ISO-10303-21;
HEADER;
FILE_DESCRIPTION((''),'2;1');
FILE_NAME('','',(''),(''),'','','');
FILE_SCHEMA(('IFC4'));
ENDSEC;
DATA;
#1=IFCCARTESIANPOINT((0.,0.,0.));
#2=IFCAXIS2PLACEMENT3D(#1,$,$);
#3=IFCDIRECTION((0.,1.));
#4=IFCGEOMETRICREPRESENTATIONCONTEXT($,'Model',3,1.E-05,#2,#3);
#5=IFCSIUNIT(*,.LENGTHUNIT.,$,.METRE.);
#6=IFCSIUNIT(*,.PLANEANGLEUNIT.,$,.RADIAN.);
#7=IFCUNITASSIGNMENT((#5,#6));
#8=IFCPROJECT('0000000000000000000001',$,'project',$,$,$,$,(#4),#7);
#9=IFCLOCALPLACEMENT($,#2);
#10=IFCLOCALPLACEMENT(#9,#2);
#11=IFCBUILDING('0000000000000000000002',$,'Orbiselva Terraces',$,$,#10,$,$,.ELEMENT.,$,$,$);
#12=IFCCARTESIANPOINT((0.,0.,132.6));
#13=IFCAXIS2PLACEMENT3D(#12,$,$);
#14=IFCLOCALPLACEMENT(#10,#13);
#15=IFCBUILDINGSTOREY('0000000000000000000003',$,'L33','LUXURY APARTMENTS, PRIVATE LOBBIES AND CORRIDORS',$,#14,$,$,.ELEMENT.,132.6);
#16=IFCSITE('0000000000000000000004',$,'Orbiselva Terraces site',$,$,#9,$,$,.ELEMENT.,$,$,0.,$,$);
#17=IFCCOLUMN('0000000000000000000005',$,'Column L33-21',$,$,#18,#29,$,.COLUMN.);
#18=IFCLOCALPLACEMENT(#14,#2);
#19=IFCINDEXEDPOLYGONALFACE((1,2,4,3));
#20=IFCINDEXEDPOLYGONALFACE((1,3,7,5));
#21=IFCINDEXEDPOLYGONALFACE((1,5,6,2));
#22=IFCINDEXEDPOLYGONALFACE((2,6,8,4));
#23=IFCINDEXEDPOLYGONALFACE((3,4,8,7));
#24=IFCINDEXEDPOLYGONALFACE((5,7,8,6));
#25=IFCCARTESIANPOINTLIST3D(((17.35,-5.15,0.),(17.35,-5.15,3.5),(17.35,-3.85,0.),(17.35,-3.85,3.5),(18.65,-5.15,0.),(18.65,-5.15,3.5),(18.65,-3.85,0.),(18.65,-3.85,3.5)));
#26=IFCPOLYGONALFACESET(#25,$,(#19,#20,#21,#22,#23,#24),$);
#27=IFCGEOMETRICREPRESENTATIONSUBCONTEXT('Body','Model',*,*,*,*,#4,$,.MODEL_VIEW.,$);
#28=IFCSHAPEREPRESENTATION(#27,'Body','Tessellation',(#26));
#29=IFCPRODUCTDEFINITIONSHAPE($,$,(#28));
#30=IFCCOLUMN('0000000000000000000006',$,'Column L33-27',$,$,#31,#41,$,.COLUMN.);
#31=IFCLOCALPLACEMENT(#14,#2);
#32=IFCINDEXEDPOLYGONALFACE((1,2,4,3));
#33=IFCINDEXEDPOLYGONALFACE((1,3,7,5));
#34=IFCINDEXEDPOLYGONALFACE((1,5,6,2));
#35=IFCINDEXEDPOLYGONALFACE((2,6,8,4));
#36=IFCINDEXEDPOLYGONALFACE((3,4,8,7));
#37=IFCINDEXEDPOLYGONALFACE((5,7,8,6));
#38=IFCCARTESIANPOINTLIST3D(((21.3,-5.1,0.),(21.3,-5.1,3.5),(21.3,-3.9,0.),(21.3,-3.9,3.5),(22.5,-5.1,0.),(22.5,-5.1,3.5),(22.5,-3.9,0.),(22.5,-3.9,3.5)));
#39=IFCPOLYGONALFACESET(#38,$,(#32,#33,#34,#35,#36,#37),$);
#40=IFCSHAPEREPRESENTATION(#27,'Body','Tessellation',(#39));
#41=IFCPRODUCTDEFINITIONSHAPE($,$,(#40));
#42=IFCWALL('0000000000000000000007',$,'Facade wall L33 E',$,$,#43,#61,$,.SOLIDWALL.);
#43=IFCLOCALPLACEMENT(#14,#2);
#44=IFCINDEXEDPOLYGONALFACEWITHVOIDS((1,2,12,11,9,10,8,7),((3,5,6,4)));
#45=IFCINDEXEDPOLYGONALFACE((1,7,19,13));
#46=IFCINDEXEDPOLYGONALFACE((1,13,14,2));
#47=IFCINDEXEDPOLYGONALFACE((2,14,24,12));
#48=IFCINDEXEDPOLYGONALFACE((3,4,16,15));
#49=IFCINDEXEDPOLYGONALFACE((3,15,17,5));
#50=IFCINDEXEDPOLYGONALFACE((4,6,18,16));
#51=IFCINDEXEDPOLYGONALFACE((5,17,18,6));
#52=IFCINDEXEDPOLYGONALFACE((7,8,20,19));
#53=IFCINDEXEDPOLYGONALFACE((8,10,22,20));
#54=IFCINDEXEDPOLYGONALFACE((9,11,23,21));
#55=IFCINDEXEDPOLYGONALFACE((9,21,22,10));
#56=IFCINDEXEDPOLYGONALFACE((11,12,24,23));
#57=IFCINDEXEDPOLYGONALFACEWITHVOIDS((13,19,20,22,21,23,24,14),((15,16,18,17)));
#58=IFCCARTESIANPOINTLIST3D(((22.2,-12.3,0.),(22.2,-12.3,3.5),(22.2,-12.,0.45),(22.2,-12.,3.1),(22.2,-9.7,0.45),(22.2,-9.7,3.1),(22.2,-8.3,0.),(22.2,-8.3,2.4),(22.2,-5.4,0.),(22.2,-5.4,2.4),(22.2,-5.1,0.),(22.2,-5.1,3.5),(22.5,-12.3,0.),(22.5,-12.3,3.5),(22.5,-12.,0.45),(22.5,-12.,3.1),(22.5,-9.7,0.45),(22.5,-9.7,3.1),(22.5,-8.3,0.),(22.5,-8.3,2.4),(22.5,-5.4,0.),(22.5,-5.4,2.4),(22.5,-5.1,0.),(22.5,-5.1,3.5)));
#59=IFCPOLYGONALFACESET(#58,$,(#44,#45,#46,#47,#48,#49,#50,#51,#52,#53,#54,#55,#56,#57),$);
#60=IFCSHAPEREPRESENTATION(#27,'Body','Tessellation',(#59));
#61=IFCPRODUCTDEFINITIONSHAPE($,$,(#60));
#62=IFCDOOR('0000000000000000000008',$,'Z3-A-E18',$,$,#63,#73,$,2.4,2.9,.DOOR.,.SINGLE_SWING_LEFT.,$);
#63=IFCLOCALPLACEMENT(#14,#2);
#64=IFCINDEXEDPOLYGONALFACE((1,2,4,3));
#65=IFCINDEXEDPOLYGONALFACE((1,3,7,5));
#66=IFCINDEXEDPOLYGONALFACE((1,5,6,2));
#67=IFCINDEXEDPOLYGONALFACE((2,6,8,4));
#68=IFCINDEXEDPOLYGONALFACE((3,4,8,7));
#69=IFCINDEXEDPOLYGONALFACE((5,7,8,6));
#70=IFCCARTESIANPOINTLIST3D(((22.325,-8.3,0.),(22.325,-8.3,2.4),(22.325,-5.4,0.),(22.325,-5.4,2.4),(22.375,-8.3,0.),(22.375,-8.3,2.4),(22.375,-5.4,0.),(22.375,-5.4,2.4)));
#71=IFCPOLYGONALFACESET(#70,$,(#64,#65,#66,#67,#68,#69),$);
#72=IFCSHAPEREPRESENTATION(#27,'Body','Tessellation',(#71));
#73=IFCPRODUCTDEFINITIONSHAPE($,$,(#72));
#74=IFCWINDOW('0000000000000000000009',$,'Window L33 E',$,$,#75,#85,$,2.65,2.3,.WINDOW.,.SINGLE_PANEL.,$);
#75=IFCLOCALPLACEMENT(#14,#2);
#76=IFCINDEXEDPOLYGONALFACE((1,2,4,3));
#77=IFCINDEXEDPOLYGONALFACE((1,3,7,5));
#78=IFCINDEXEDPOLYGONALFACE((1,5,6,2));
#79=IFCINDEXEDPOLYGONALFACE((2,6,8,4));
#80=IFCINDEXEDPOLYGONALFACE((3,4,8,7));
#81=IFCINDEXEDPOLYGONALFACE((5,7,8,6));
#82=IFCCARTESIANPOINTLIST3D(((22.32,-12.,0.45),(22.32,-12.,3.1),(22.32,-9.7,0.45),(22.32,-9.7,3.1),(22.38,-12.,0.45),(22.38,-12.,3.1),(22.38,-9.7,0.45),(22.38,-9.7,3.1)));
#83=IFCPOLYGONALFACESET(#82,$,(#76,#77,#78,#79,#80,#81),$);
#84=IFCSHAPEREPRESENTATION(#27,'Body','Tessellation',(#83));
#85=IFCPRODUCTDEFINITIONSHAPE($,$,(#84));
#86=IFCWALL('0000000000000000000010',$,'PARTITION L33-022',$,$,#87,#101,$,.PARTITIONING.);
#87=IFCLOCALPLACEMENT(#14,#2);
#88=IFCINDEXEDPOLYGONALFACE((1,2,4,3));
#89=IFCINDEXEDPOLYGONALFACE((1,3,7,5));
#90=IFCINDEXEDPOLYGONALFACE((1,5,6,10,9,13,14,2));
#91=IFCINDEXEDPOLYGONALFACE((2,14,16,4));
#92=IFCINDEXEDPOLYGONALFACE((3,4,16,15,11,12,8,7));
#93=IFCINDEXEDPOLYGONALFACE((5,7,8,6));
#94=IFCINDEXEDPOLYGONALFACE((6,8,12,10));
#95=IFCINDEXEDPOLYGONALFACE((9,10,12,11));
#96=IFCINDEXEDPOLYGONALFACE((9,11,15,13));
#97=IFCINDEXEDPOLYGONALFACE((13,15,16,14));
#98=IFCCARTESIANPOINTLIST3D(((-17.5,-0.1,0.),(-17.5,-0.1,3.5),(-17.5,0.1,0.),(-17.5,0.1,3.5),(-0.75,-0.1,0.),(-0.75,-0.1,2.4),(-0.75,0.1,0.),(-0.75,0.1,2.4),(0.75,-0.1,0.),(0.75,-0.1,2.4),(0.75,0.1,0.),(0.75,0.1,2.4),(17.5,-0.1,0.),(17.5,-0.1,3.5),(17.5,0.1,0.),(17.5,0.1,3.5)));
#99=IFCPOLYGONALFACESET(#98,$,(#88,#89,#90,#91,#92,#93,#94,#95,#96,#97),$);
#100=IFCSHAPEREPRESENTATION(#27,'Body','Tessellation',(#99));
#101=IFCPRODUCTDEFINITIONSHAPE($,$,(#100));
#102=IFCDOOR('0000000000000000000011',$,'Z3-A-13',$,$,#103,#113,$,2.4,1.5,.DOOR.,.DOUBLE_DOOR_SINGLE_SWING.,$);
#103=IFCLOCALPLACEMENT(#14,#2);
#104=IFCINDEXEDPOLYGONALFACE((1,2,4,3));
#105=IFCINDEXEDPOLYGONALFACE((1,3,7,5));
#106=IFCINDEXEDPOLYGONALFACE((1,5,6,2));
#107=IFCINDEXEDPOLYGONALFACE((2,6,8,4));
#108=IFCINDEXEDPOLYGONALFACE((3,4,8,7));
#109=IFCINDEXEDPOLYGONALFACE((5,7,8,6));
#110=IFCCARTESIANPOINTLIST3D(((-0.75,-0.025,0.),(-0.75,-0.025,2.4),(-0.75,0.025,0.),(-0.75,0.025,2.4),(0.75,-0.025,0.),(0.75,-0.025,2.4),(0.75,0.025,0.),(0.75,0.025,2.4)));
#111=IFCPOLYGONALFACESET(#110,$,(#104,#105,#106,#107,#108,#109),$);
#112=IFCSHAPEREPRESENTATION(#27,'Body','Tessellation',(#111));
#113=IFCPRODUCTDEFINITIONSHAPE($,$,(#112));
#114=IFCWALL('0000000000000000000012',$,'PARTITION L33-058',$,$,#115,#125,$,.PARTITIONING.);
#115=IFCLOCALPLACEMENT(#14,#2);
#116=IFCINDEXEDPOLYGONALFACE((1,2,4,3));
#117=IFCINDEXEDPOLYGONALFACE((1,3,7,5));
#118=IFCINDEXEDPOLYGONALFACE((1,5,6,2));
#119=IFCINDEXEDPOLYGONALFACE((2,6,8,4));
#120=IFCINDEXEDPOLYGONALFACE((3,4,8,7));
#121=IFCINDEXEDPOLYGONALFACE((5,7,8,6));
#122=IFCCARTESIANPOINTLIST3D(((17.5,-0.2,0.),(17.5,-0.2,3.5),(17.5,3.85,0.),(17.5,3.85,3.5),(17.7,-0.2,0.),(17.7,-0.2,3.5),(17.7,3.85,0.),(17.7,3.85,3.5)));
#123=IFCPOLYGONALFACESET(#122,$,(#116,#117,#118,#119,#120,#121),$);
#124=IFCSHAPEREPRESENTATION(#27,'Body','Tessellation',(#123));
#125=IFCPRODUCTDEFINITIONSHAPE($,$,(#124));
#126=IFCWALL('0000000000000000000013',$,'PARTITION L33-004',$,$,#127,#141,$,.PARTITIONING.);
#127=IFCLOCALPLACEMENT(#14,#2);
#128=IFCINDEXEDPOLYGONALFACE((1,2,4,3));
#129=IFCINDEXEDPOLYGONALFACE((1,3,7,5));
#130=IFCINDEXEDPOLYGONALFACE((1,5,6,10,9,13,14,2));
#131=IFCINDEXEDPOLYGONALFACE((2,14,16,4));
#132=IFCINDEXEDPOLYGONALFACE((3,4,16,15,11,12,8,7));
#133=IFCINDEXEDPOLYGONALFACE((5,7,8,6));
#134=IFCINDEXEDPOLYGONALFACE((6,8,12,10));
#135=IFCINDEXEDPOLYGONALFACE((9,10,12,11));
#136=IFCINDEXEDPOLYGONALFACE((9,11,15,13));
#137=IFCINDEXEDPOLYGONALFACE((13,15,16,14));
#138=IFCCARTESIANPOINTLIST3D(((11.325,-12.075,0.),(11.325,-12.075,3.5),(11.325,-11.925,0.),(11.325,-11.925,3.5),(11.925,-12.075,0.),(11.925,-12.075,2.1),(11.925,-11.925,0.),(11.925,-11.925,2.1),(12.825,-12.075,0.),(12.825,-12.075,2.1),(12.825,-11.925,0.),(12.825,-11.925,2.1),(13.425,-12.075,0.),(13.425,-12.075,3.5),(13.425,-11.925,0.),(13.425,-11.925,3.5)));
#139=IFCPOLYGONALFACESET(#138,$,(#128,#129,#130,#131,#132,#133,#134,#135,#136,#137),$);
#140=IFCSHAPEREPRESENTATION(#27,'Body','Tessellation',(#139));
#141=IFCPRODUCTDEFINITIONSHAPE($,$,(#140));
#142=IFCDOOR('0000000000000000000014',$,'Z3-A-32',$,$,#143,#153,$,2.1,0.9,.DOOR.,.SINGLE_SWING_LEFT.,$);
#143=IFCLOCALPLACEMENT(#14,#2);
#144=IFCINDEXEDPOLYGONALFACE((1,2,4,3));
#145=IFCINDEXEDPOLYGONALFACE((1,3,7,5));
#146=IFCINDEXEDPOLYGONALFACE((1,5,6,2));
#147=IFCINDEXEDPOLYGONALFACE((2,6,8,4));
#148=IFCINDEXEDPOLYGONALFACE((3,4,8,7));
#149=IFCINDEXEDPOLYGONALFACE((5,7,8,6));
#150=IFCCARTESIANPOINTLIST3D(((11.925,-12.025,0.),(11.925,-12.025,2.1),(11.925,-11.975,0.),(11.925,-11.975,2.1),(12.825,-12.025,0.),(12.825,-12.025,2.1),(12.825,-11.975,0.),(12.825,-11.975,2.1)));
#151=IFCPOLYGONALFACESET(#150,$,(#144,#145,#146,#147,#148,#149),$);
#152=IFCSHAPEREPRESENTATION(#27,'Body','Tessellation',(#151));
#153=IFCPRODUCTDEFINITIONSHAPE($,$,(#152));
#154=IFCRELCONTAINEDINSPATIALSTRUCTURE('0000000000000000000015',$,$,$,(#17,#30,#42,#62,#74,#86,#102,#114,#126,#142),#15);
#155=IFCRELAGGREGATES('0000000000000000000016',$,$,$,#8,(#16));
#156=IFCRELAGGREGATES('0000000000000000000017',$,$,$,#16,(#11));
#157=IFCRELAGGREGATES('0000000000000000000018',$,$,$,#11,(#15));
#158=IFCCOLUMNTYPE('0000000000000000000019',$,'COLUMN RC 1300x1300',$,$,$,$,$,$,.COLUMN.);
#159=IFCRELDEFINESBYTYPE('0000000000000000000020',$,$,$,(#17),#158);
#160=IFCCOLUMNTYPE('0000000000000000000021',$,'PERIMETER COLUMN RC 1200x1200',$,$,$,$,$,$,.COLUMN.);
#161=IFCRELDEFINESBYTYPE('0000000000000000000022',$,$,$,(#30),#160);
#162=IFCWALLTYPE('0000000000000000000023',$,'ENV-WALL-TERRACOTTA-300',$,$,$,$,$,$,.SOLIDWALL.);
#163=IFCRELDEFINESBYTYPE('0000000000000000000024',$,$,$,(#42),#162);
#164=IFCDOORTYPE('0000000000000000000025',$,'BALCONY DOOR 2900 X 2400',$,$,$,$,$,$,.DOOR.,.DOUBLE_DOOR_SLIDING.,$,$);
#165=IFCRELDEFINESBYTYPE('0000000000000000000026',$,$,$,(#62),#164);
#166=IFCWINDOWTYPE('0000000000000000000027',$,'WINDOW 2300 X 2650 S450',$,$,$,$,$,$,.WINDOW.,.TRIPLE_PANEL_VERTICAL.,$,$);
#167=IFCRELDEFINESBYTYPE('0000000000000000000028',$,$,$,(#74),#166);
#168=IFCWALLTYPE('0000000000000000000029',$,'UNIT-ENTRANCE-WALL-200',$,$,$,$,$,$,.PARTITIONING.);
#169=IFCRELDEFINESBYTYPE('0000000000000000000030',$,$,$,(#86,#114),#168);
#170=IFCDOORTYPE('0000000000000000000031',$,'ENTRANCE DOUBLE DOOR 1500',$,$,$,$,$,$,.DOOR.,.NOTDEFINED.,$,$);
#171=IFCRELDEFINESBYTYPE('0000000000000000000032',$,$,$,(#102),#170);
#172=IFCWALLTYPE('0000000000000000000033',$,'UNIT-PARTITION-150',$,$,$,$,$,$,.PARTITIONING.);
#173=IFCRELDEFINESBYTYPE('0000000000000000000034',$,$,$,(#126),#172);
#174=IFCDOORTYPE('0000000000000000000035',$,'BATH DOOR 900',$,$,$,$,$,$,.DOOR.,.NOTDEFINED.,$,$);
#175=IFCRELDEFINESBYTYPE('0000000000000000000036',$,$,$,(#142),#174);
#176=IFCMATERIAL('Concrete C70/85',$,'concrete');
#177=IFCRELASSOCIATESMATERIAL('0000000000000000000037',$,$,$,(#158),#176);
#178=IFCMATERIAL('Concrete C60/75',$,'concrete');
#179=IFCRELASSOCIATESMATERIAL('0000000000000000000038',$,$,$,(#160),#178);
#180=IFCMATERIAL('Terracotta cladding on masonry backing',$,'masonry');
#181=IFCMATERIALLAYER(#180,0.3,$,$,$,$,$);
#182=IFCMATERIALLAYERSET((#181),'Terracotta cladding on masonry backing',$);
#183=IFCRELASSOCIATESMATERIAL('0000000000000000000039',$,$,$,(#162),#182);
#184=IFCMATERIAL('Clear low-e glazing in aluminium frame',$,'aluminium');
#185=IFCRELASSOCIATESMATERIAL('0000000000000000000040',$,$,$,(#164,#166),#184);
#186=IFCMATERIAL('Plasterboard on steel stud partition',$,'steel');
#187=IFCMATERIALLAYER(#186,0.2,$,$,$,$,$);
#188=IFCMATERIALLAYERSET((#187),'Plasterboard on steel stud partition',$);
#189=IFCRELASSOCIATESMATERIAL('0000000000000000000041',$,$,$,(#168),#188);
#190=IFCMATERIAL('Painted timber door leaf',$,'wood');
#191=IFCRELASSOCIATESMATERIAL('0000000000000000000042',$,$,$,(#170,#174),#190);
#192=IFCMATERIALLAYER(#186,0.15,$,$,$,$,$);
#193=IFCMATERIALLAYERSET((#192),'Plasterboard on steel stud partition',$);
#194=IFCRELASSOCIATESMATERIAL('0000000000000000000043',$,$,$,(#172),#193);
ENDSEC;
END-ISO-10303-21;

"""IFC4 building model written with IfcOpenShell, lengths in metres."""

from ifc_helpers import new_model, si_unit, direction, frame, frame_2d, origin, origin_2d, place, context, subcontext, project, spatial, rectangle, extrude, material, layer, layer_set, material_profile, profile_set, type_object, element, fill, save


model = new_model("IFC4")

# Units and contexts
model_context = context("Model", 3, precision=1e-05, world=origin(), true_north=direction((0.0, 1.0)))
body_context = subcontext(model_context, "Body", "Model", "MODEL_VIEW")
ifc_project = project(units=[si_unit("LENGTHUNIT", "METRE"), si_unit("PLANEANGLEUNIT", "RADIAN")], contexts=[model_context])

# Site, building, storey
site_placement = place(None, origin())
site = spatial("IfcSite", under=ifc_project, at=site_placement, Name="Orbiselva Terraces site", CompositionType="ELEMENT", RefElevation=0.0)
building_placement = place(site_placement, origin())
building = spatial("IfcBuilding", under=site, at=building_placement, Name="Orbiselva Terraces", CompositionType="ELEMENT")
storey_placement = place(building_placement, frame((0.0, 0.0, 132.6)))
storey = spatial("IfcBuildingStorey", under=building, at=storey_placement, Name="L33", Description="LUXURY APARTMENTS, PRIVATE LOBBIES AND CORRIDORS", CompositionType="ELEMENT", Elevation=132.6)

# Columns
ifc_material_1 = material(Name="Concrete C70/85", Category="concrete")
ifc_material_profile_1 = material_profile(ifc_material_1, rectangle(XDim=1.3, YDim=1.3, at=origin_2d()), Name="RC 1300x1300")
ifc_profile_set_1 = profile_set([ifc_material_profile_1], Name="Concrete C70/85")
column_type_1 = type_object("IfcColumnType", Name="COLUMN RC 1300x1300", PredefinedType="COLUMN", material=ifc_profile_set_1)
column_1_placement = place(storey_placement, frame((18.0, -4.5, 0.0), z_axis=(0.0, 0.0, 1.0), x_axis=(1.0, 0.0, 0.0)))
element("IfcColumn", 1, at=column_1_placement, inside=storey, type_object=column_type_1, Name="Column L33-21", PredefinedType="COLUMN", context=body_context, shape_type="SweptSolid", body=[
    extrude(rectangle(XDim=1.3, YDim=1.3, at=origin_2d()), origin(), (0.0, 0.0, 1.0), 3.5),
])
ifc_material_2 = material(Name="Concrete C60/75", Category="concrete")
ifc_material_profile_2 = material_profile(ifc_material_2, rectangle(XDim=1.2, YDim=1.2, at=origin_2d()), Name="RC 1200x1200")
ifc_profile_set_2 = profile_set([ifc_material_profile_2], Name="Concrete C60/75")
column_type_2 = type_object("IfcColumnType", Name="PERIMETER COLUMN RC 1200x1200", PredefinedType="COLUMN", material=ifc_profile_set_2)
column_2_placement = place(storey_placement, frame((21.9, -4.5, 0.0), z_axis=(0.0, 0.0, 1.0), x_axis=(1.0, 0.0, 0.0)))
element("IfcColumn", 2, at=column_2_placement, inside=storey, type_object=column_type_2, Name="Column L33-27", PredefinedType="COLUMN", context=body_context, shape_type="SweptSolid", body=[
    extrude(rectangle(XDim=1.2, YDim=1.2, at=origin_2d()), origin(), (0.0, 0.0, 1.0), 3.5),
])

# Wall, openings, door, window
ifc_material_3 = material(Name="Terracotta cladding on masonry backing", Category="masonry")
ifc_layer_1 = layer(ifc_material_3, 0.3)
ifc_layer_set_1 = layer_set([ifc_layer_1], Name="Terracotta cladding on masonry backing")
wall_type_1 = type_object("IfcWallType", Name="ENV-WALL-TERRACOTTA-300", PredefinedType="SOLIDWALL", material=ifc_layer_set_1)
wall_1_placement = place(storey_placement, frame((22.35, -5.1, 0.0), z_axis=(0.0, 0.0, 1.0), x_axis=(0.0, -1.0, 0.0)))
wall_1 = element("IfcWall", 3, at=wall_1_placement, inside=storey, type_object=wall_type_1, Name="Facade wall L33 E", PredefinedType="SOLIDWALL", context=body_context, shape_type="SweptSolid", body=[
    extrude(rectangle(XDim=7.2, YDim=0.3, at=frame_2d((3.6, 0.0))), origin(), (0.0, 0.0, 1.0), 3.5),
])
opening_1_placement = place(wall_1_placement, frame((4.6, 0.0, 0.45)))
opening_1 = element("IfcOpeningElement", 4, at=opening_1_placement, cuts=wall_1, PredefinedType="OPENING", context=body_context, shape_type="SweptSolid", body=[
    extrude(rectangle(XDim=2.3, YDim=2.65, at=frame_2d((1.15, 1.325))), frame((0.0, 0.16, 0.0), z_axis=(0.0, -1.0, 0.0), x_axis=(1.0, 0.0, 0.0)), (0.0, 0.0, 1.0), 0.32),
])
opening_2_placement = place(wall_1_placement, frame((0.3, 0.0, 0.0)))
opening_2 = element("IfcOpeningElement", 5, at=opening_2_placement, cuts=wall_1, PredefinedType="OPENING", context=body_context, shape_type="SweptSolid", body=[
    extrude(rectangle(XDim=2.9, YDim=2.4, at=frame_2d((1.45, 1.2))), frame((0.0, 0.16, 0.0), z_axis=(0.0, -1.0, 0.0), x_axis=(1.0, 0.0, 0.0)), (0.0, 0.0, 1.0), 0.32),
])
ifc_material_4 = material(Name="Clear low-e glazing in aluminium frame", Category="aluminium")
door_type_1 = type_object("IfcDoorType", Name="BALCONY DOOR 2900 X 2400", OperationType="DOUBLE_DOOR_SLIDING", PredefinedType="DOOR", material=ifc_material_4)
door_1_placement = place(opening_2_placement, origin())
door_1 = element("IfcDoor", 6, at=door_1_placement, inside=storey, type_object=door_type_1, Name="Z3-A-E18", OperationType="SINGLE_SWING_LEFT", OverallHeight=2.4, OverallWidth=2.9, PredefinedType="DOOR", context=body_context, shape_type="SweptSolid", body=[
    extrude(rectangle(XDim=2.9, YDim=2.4, at=frame_2d((1.45, 1.2))), frame((0.0, 0.025, 0.0), z_axis=(0.0, -1.0, 0.0), x_axis=(1.0, 0.0, 0.0)), (0.0, 0.0, 1.0), 0.05),
])
fill(opening_2, door_1)
window_type = type_object("IfcWindowType", Name="WINDOW 2300 X 2650 S450", PartitioningType="TRIPLE_PANEL_VERTICAL", PredefinedType="WINDOW", material=ifc_material_4)
window_placement = place(opening_1_placement, origin())
window = element("IfcWindow", 7, at=window_placement, inside=storey, type_object=window_type, Name="Window L33 E", OverallHeight=2.65, OverallWidth=2.3, PartitioningType="SINGLE_PANEL", PredefinedType="WINDOW", context=body_context, shape_type="SweptSolid", body=[
    extrude(rectangle(XDim=2.3, YDim=2.65, at=frame_2d((1.15, 1.325))), frame((0.0, 0.03, 0.0), z_axis=(0.0, -1.0, 0.0), x_axis=(1.0, 0.0, 0.0)), (0.0, 0.0, 1.0), 0.06),
])
fill(opening_1, window)

# Wall, opening, door
ifc_material_5 = material(Name="Plasterboard on steel stud partition", Category="steel")
ifc_layer_2 = layer(ifc_material_5, 0.2)
ifc_layer_set_2 = layer_set([ifc_layer_2], Name="Plasterboard on steel stud partition")
wall_type_2 = type_object("IfcWallType", Name="UNIT-ENTRANCE-WALL-200", PredefinedType="PARTITIONING", material=ifc_layer_set_2)
wall_2_placement = place(storey_placement, frame((17.5, 0.0, 0.0), z_axis=(0.0, 0.0, 1.0), x_axis=(-1.0, 0.0, 0.0)))
wall_2 = element("IfcWall", 8, at=wall_2_placement, inside=storey, type_object=wall_type_2, Name="PARTITION L33-022", PredefinedType="PARTITIONING", context=body_context, shape_type="SweptSolid", body=[
    extrude(rectangle(XDim=35.0, YDim=0.2, at=frame_2d((17.5, 0.0))), origin(), (0.0, 0.0, 1.0), 3.5),
])
opening_3_placement = place(wall_2_placement, frame((16.75, 0.0, 0.0)))
opening_3 = element("IfcOpeningElement", 9, at=opening_3_placement, cuts=wall_2, PredefinedType="OPENING", context=body_context, shape_type="SweptSolid", body=[
    extrude(rectangle(XDim=1.5, YDim=2.4, at=frame_2d((0.75, 1.2))), frame((0.0, 0.11, 0.0), z_axis=(0.0, -1.0, 0.0), x_axis=(1.0, 0.0, 0.0)), (0.0, 0.0, 1.0), 0.22),
])
ifc_material_6 = material(Name="Painted timber door leaf", Category="wood")
door_type_2 = type_object("IfcDoorType", Name="ENTRANCE DOUBLE DOOR 1500", OperationType="NOTDEFINED", PredefinedType="DOOR", material=ifc_material_6)
door_2_placement = place(opening_3_placement, origin())
door_2 = element("IfcDoor", 10, at=door_2_placement, inside=storey, type_object=door_type_2, Name="Z3-A-13", OperationType="DOUBLE_DOOR_SINGLE_SWING", OverallHeight=2.4, OverallWidth=1.5, PredefinedType="DOOR", context=body_context, shape_type="SweptSolid", body=[
    extrude(rectangle(XDim=1.5, YDim=2.4, at=frame_2d((0.75, 1.2))), frame((0.0, 0.025, 0.0), z_axis=(0.0, -1.0, 0.0), x_axis=(1.0, 0.0, 0.0)), (0.0, 0.0, 1.0), 0.05),
])
fill(opening_3, door_2)

# Wall
wall_3_placement = place(storey_placement, frame((17.6, -0.2, 0.0), z_axis=(0.0, 0.0, 1.0), x_axis=(0.0, 1.0, 0.0)))
element("IfcWall", 11, at=wall_3_placement, inside=storey, type_object=wall_type_2, Name="PARTITION L33-058", PredefinedType="PARTITIONING", context=body_context, shape_type="SweptSolid", body=[
    extrude(rectangle(XDim=4.05, YDim=0.2, at=frame_2d((2.025, 0.0))), origin(), (0.0, 0.0, 1.0), 3.5),
])

# Wall, opening, door
ifc_layer_3 = layer(ifc_material_5, 0.15)
ifc_layer_set_3 = layer_set([ifc_layer_3], Name="Plasterboard on steel stud partition")
wall_type_3 = type_object("IfcWallType", Name="UNIT-PARTITION-150", PredefinedType="PARTITIONING", material=ifc_layer_set_3)
wall_4_placement = place(storey_placement, frame((11.325, -12.0, 0.0), z_axis=(0.0, 0.0, 1.0), x_axis=(1.0, 0.0, 0.0)))
wall_4 = element("IfcWall", 12, at=wall_4_placement, inside=storey, type_object=wall_type_3, Name="PARTITION L33-004", PredefinedType="PARTITIONING", context=body_context, shape_type="SweptSolid", body=[
    extrude(rectangle(XDim=2.1, YDim=0.15, at=frame_2d((1.05, 0.0))), origin(), (0.0, 0.0, 1.0), 3.5),
])
opening_4_placement = place(wall_4_placement, frame((0.6, 0.0, 0.0)))
opening_4 = element("IfcOpeningElement", 13, at=opening_4_placement, cuts=wall_4, PredefinedType="OPENING", context=body_context, shape_type="SweptSolid", body=[
    extrude(rectangle(XDim=0.9, YDim=2.1, at=frame_2d((0.45, 1.05))), frame((0.0, 0.085, 0.0), z_axis=(0.0, -1.0, 0.0), x_axis=(1.0, 0.0, 0.0)), (0.0, 0.0, 1.0), 0.17),
])
door_type_3 = type_object("IfcDoorType", Name="BATH DOOR 900", OperationType="NOTDEFINED", PredefinedType="DOOR", material=ifc_material_6)
door_3_placement = place(opening_4_placement, origin())
door_3 = element("IfcDoor", 14, at=door_3_placement, inside=storey, type_object=door_type_3, Name="Z3-A-32", OperationType="SINGLE_SWING_LEFT", OverallHeight=2.1, OverallWidth=0.9, PredefinedType="DOOR", context=body_context, shape_type="SweptSolid", body=[
    extrude(rectangle(XDim=0.9, YDim=2.1, at=frame_2d((0.45, 1.05))), frame((0.0, 0.025, 0.0), z_axis=(0.0, -1.0, 0.0), x_axis=(1.0, 0.0, 0.0)), (0.0, 0.0, 1.0), 0.05),
])
fill(opening_4, door_3)

save(model, "model.ifc")
